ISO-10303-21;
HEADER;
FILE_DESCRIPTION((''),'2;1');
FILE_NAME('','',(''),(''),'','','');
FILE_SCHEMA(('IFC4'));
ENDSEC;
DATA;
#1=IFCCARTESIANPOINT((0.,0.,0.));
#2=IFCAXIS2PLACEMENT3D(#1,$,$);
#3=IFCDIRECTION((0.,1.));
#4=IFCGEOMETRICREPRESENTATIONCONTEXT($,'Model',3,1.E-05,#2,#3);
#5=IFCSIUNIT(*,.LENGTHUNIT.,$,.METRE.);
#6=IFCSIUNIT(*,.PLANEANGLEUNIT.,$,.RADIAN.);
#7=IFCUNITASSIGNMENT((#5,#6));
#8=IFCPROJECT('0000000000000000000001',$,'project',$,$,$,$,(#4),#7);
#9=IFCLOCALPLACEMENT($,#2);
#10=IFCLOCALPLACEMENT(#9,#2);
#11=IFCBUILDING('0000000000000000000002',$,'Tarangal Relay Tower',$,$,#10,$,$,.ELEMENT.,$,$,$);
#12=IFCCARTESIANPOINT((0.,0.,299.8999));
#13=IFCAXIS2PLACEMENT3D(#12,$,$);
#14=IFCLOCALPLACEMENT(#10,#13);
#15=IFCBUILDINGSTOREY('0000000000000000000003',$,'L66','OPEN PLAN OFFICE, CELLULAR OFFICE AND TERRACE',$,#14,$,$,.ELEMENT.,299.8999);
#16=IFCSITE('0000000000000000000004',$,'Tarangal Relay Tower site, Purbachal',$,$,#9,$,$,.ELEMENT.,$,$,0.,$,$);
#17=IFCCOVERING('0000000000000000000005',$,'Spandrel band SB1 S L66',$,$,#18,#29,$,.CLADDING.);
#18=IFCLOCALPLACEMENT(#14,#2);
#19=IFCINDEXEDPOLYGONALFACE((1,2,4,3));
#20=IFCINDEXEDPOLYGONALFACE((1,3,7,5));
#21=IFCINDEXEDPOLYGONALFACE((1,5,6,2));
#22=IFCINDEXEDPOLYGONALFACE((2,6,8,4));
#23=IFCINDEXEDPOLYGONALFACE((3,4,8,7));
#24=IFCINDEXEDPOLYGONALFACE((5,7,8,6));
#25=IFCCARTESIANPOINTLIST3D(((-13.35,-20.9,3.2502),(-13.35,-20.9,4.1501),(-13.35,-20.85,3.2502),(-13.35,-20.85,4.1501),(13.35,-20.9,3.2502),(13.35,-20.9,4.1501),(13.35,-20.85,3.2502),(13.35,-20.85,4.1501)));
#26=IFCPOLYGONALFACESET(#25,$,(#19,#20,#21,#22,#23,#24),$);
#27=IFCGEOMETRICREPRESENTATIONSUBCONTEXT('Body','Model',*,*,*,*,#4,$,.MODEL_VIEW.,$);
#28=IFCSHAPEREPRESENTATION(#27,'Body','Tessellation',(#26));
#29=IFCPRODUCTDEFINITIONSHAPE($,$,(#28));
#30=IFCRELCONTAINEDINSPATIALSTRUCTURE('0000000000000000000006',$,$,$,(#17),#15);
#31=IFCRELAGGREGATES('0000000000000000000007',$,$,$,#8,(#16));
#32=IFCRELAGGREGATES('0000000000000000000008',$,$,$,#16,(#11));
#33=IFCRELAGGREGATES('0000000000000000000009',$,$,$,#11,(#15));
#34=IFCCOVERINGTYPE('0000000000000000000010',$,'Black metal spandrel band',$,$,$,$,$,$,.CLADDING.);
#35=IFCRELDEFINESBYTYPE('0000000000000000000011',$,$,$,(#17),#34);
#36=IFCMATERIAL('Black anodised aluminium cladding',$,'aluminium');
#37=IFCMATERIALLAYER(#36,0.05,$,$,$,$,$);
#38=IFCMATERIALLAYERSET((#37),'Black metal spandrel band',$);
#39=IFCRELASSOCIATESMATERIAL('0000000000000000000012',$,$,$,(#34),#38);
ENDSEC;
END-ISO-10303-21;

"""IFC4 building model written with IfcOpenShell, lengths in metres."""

from ifc_helpers import new_model, si_unit, direction, frame, origin, origin_2d, place, context, subcontext, project, spatial, rectangle, extrude, material, layer, layer_set, type_object, element, save


model = new_model("IFC4")

# Units and contexts
model_context = context("Model", 3, precision=1e-05, world=origin(), true_north=direction((0.0, 1.0)))
body_context = subcontext(model_context, "Body", "Model", "MODEL_VIEW")
ifc_project = project(units=[si_unit("LENGTHUNIT", "METRE"), si_unit("PLANEANGLEUNIT", "RADIAN")], contexts=[model_context])

# Site, building, storey
site_placement = place(None, origin())
site = spatial("IfcSite", under=ifc_project, at=site_placement, Name="Tarangal Relay Tower site, Purbachal", CompositionType="ELEMENT", RefElevation=0.0)
building_placement = place(site_placement, origin())
building = spatial("IfcBuilding", under=site, at=building_placement, Name="Tarangal Relay Tower", CompositionType="ELEMENT")
storey_placement = place(building_placement, frame((0.0, 0.0, 299.8999)))
storey = spatial("IfcBuildingStorey", under=building, at=storey_placement, Name="L66", Description="OPEN PLAN OFFICE, CELLULAR OFFICE AND TERRACE", CompositionType="ELEMENT", Elevation=299.8999)

# Covering
ifc_material_1 = material(Name="Black anodised aluminium cladding", Category="aluminium")
ifc_layer_1 = layer(ifc_material_1, 0.05)
ifc_layer_set_1 = layer_set([ifc_layer_1], Name="Black metal spandrel band")
covering_type = type_object("IfcCoveringType", Name="Black metal spandrel band", PredefinedType="CLADDING", material=ifc_layer_set_1)
covering_placement = place(storey_placement, frame((0.0, -20.875, 3.2502), z_axis=(0.0, 0.0, 1.0), x_axis=(-1.0, 0.0, 0.0)))
element("IfcCovering", 1, at=covering_placement, inside=storey, type_object=covering_type, Name="Spandrel band SB1 S L66", PredefinedType="CLADDING", context=body_context, shape_type="SweptSolid", body=[
    extrude(rectangle(XDim=26.7, YDim=0.05, at=origin_2d()), origin(), (0.0, 0.0, 1.0), 0.8999),
])

save(model, "model.ifc")
